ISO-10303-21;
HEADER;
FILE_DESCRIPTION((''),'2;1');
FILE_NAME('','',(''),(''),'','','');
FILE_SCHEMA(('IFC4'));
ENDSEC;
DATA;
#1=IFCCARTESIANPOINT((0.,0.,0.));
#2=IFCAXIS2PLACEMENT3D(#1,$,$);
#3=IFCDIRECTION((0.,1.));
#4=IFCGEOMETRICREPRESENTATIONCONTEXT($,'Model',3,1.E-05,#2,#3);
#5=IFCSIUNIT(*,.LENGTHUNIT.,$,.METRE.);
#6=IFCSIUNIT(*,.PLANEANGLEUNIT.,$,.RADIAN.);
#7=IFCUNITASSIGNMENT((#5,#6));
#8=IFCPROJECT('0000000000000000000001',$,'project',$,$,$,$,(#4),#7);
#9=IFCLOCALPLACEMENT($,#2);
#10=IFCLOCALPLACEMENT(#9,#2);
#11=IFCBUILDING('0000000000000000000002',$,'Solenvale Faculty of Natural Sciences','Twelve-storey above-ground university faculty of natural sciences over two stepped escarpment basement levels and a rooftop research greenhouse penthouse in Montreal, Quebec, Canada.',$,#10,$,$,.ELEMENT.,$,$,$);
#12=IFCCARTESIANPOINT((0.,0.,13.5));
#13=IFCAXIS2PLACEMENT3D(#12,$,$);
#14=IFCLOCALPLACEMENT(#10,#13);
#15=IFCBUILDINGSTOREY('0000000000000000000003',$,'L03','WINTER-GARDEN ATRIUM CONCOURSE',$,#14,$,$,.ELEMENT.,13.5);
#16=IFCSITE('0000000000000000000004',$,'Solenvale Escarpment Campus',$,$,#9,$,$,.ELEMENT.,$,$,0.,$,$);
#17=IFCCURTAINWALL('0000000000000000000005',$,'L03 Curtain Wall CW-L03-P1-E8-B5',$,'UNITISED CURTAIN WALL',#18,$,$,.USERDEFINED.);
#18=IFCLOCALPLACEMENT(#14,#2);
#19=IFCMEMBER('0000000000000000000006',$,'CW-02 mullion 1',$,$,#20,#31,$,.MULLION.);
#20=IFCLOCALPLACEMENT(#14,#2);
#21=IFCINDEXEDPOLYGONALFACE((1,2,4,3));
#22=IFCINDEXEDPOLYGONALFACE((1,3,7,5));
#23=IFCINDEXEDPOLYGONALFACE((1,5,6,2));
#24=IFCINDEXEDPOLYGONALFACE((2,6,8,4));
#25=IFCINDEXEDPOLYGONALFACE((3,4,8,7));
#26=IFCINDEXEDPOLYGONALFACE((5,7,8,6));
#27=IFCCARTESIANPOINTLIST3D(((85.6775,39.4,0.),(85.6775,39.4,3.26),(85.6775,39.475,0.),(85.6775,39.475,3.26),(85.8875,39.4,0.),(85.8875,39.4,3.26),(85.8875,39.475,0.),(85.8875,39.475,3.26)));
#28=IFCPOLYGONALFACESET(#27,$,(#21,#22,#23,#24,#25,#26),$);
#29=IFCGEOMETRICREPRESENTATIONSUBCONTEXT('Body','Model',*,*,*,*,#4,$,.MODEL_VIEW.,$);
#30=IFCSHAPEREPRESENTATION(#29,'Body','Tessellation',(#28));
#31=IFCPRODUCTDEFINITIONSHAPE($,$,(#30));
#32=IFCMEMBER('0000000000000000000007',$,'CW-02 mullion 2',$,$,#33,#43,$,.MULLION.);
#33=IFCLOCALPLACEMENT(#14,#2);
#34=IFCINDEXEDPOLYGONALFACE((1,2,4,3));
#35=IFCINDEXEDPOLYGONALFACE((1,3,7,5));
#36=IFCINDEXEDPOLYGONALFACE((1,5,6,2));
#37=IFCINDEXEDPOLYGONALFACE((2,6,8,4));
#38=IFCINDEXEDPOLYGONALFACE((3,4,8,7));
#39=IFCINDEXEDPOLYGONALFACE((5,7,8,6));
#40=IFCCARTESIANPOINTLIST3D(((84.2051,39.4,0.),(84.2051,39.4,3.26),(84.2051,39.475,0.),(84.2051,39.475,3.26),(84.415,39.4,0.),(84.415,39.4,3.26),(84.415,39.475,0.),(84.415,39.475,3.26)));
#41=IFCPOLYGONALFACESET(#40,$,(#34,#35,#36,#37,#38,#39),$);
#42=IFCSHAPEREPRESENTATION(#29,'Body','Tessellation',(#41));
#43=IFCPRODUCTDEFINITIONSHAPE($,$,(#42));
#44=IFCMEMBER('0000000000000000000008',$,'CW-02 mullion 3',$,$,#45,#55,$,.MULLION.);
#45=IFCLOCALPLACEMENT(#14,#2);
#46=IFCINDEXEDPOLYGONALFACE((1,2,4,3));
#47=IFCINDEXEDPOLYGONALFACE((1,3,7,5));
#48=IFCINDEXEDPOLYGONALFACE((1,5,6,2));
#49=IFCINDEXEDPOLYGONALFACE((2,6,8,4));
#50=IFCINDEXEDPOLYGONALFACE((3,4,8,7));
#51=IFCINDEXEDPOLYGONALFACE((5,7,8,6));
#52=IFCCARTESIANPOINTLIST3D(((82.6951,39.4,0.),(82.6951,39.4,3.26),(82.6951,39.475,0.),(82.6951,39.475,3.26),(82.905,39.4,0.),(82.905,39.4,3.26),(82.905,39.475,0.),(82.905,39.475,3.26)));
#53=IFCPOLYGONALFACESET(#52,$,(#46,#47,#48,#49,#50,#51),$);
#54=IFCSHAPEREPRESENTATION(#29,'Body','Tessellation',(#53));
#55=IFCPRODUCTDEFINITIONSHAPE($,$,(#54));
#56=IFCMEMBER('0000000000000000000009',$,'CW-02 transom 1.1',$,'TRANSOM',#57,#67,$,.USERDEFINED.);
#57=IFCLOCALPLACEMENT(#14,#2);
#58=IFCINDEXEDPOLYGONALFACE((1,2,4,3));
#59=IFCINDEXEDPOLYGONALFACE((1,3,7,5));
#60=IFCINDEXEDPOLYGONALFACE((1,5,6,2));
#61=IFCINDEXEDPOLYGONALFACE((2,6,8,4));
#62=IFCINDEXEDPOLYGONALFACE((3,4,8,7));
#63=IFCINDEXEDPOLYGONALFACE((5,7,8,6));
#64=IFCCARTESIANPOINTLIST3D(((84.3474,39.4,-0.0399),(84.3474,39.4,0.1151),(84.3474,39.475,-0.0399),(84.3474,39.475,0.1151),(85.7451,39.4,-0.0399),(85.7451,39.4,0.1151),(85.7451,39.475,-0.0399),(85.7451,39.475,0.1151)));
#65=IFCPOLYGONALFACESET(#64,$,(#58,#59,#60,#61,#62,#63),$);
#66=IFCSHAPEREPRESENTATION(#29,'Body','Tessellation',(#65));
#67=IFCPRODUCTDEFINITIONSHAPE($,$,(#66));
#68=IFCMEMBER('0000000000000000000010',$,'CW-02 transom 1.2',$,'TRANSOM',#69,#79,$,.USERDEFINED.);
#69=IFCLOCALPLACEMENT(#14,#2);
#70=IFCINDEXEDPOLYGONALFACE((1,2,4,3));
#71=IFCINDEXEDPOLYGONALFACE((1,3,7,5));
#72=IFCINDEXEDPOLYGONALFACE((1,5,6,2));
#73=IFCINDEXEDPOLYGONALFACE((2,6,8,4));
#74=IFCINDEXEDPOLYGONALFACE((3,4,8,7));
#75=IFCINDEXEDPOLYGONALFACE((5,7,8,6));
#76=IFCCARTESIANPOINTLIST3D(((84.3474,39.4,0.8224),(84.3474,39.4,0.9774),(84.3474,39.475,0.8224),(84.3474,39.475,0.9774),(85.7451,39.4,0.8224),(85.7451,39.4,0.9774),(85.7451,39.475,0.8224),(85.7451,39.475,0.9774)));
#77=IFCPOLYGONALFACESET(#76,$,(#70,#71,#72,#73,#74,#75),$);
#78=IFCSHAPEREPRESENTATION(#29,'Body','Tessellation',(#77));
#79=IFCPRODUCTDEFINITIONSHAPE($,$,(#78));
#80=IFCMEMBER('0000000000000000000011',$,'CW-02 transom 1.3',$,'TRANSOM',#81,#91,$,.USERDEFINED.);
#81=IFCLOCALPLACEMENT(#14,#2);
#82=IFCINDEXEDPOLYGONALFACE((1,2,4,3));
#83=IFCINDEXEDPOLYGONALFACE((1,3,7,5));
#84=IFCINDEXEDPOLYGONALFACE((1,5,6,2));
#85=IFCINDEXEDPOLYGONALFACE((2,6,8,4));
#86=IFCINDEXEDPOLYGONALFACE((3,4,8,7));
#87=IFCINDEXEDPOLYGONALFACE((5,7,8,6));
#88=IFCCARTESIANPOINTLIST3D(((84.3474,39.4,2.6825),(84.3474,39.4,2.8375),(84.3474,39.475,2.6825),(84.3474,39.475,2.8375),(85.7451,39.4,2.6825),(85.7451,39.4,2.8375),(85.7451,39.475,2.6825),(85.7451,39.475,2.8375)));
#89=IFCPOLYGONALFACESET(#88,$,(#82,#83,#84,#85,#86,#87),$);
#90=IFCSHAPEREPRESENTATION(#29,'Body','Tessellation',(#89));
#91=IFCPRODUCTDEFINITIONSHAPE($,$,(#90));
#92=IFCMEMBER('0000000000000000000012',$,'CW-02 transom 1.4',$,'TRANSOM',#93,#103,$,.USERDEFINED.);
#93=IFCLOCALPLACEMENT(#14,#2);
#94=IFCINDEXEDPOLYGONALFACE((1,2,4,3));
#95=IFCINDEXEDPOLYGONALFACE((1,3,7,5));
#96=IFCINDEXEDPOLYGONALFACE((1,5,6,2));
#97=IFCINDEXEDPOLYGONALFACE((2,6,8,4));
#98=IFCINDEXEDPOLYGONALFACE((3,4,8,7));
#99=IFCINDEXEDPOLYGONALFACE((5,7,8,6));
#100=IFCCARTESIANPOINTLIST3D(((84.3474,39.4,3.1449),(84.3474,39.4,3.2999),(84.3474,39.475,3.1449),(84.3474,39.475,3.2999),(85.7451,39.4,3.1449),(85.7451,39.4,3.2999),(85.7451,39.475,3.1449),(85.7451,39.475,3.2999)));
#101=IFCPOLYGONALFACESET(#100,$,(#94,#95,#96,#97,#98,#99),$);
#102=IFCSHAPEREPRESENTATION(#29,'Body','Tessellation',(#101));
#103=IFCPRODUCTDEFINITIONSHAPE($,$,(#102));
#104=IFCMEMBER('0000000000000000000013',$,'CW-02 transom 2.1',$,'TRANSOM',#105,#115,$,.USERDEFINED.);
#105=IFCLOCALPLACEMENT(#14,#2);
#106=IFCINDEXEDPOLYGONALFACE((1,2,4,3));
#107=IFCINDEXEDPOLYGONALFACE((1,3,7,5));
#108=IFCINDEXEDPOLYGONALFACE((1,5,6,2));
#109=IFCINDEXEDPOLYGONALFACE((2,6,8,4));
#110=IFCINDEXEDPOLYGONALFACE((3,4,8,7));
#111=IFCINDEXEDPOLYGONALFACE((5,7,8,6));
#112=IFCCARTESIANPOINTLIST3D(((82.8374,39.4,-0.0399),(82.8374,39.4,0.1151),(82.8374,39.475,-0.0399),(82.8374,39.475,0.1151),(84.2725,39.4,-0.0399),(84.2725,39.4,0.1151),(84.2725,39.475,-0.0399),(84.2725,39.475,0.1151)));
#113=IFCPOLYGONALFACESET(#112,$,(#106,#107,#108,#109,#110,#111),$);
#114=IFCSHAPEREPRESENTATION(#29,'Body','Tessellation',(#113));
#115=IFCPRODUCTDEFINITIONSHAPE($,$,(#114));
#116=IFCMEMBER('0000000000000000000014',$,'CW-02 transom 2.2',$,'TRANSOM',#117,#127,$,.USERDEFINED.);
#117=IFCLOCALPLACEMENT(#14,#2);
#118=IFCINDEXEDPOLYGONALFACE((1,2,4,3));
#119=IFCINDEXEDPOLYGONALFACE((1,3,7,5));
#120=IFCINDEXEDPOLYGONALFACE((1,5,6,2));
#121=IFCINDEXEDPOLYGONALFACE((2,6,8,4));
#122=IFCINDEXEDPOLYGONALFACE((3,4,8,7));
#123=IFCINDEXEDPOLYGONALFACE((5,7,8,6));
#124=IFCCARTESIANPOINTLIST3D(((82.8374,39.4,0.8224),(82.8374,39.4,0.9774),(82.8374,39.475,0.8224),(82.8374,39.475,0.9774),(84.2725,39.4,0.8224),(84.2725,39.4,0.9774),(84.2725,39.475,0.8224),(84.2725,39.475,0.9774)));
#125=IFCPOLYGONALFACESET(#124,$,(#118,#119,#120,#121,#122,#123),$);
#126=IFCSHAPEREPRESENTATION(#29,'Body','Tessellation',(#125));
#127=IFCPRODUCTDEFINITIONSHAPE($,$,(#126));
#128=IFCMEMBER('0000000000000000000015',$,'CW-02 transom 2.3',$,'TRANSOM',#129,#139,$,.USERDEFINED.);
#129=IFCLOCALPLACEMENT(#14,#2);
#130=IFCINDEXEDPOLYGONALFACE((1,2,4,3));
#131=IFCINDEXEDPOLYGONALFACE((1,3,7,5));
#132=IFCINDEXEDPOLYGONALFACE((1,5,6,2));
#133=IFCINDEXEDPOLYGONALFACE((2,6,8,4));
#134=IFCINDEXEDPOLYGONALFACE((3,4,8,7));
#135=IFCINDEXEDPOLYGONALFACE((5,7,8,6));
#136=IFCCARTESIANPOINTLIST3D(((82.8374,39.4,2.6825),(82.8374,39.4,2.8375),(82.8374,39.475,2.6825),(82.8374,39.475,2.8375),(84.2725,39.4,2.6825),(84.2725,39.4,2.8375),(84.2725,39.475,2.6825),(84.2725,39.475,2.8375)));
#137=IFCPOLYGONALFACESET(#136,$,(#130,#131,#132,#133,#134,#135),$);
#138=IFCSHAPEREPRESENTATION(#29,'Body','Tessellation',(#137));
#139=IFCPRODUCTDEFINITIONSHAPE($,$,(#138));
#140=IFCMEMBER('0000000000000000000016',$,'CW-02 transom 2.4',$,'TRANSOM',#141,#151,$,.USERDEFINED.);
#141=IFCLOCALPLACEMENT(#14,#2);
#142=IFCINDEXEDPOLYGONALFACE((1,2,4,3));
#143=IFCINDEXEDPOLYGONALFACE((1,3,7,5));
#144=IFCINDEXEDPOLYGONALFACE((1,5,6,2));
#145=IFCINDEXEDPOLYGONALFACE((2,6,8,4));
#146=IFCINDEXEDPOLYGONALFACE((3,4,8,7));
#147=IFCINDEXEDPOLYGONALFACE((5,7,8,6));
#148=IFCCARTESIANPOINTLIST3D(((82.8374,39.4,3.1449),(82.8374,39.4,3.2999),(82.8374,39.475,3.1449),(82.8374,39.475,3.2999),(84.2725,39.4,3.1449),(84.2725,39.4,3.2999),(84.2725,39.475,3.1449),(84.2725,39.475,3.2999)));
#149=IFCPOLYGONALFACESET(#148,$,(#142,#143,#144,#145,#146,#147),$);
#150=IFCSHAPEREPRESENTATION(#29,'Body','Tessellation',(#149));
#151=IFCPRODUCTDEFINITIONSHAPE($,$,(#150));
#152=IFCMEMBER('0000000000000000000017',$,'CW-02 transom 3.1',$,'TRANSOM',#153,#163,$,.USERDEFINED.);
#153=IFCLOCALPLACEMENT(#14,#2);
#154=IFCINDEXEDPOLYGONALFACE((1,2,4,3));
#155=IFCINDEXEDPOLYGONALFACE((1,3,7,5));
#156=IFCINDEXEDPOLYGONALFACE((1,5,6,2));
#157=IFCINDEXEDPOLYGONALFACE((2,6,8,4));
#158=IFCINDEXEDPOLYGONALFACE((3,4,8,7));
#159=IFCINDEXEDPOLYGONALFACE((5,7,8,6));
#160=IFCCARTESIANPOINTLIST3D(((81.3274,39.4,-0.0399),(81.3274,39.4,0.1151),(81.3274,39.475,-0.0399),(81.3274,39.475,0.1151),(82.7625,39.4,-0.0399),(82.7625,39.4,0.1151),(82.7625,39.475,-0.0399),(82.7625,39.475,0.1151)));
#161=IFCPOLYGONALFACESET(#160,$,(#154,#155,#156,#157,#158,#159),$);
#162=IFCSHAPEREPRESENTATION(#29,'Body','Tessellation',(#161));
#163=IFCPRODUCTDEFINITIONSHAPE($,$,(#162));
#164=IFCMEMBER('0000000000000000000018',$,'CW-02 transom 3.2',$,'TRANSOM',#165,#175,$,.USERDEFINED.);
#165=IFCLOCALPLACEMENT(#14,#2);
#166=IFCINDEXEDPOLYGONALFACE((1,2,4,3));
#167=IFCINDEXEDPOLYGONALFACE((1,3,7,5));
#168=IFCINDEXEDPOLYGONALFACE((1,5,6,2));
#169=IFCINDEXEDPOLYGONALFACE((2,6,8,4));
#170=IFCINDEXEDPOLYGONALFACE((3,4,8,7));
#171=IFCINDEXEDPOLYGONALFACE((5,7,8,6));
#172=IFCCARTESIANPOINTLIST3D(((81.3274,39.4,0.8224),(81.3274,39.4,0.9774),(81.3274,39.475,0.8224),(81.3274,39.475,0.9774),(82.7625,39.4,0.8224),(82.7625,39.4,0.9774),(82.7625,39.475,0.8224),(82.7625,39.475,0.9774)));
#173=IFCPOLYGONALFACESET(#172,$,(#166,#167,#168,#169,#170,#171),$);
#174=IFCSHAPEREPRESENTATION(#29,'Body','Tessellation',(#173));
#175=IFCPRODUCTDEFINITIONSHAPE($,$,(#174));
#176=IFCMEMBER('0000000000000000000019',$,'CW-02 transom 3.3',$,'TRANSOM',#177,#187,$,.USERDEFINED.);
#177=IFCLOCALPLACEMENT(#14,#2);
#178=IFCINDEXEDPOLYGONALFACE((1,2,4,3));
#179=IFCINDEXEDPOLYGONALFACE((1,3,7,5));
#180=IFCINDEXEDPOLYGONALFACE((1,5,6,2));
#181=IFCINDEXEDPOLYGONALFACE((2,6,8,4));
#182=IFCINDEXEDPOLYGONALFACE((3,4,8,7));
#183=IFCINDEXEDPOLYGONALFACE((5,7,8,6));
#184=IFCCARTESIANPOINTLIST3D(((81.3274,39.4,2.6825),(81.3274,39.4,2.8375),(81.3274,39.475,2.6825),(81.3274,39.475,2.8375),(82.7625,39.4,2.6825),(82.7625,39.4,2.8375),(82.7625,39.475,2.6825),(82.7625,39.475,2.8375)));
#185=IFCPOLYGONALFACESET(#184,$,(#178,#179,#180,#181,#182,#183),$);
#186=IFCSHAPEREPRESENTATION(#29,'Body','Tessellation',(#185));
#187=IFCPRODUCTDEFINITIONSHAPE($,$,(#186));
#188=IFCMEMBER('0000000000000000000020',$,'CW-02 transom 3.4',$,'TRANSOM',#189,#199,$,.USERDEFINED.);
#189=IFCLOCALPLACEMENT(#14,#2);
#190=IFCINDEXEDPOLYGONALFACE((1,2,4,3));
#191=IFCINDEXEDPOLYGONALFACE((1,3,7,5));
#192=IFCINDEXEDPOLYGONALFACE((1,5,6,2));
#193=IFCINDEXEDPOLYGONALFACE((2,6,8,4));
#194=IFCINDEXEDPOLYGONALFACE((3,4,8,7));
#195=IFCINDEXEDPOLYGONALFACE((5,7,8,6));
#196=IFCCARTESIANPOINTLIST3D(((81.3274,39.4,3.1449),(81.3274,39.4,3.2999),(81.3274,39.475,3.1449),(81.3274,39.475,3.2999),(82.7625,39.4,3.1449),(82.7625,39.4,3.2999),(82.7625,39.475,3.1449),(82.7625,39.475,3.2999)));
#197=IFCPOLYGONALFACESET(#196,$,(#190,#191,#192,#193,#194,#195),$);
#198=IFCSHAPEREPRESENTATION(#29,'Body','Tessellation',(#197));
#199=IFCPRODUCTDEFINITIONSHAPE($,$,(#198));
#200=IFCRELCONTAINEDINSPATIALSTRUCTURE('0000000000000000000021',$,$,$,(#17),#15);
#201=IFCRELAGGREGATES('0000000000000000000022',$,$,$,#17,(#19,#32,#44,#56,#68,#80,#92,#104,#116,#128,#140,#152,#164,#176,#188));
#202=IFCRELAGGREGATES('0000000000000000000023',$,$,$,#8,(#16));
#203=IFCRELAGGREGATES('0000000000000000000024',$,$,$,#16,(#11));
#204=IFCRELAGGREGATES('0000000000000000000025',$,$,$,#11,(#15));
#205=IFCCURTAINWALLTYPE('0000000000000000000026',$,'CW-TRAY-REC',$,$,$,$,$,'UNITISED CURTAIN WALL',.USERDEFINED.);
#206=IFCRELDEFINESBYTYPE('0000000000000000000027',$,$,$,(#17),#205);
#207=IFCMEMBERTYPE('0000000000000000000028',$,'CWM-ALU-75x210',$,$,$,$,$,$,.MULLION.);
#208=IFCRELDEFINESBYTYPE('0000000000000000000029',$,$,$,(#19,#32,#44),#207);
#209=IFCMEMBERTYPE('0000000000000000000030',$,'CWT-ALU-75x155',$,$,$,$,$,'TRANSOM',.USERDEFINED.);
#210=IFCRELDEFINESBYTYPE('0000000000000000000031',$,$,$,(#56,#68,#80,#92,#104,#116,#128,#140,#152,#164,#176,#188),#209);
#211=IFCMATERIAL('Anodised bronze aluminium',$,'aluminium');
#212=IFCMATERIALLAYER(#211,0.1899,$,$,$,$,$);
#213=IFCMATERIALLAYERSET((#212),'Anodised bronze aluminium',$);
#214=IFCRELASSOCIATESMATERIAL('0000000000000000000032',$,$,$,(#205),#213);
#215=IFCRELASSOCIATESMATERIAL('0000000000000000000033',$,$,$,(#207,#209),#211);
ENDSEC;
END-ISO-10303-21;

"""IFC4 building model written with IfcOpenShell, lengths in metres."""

from ifc_helpers import new_model, si_unit, direction, frame, origin, origin_2d, place, context, subcontext, project, spatial, rectangle, extrude, material, layer, layer_set, material_profile, profile_set, type_object, element, aggregate, save


model = new_model("IFC4")

# Units and contexts
model_context = context("Model", 3, precision=1e-05, world=origin(), true_north=direction((0.0, 1.0)))
body_context = subcontext(model_context, "Body", "Model", "MODEL_VIEW")
ifc_project = project(units=[si_unit("LENGTHUNIT", "METRE"), si_unit("PLANEANGLEUNIT", "RADIAN")], contexts=[model_context])

# Site, building, storey
site_placement = place(None, origin())
site = spatial("IfcSite", under=ifc_project, at=site_placement, Name="Solenvale Escarpment Campus", CompositionType="ELEMENT", RefElevation=0.0)
building_placement = place(site_placement, origin())
building = spatial("IfcBuilding", under=site, at=building_placement, Name="Solenvale Faculty of Natural Sciences", Description="Twelve-storey above-ground university faculty of natural sciences over two stepped escarpment basement levels and a rooftop research greenhouse penthouse in Montreal, Quebec, Canada.", CompositionType="ELEMENT")
storey_placement = place(building_placement, frame((0.0, 0.0, 13.5)))
storey = spatial("IfcBuildingStorey", under=building, at=storey_placement, Name="L03", Description="WINTER-GARDEN ATRIUM CONCOURSE", CompositionType="ELEMENT", Elevation=13.5)

# Curtain wall, members
ifc_material_1 = material(Name="Anodised bronze aluminium", Category="aluminium")
ifc_layer_1 = layer(ifc_material_1, 0.1899)
ifc_layer_set_1 = layer_set([ifc_layer_1], Name="Anodised bronze aluminium")
curtain_wall_type = type_object("IfcCurtainWallType", Name="CW-TRAY-REC", ElementType="UNITISED CURTAIN WALL", PredefinedType="USERDEFINED", material=ifc_layer_set_1)
curtain_wall_placement = place(storey_placement, origin())
curtain_wall = element("IfcCurtainWall", 1, at=curtain_wall_placement, inside=storey, type_object=curtain_wall_type, Name="L03 Curtain Wall CW-L03-P1-E8-B5", ObjectType="UNITISED CURTAIN WALL", PredefinedType="USERDEFINED")
ifc_material_profile_1 = material_profile(ifc_material_1, rectangle(XDim=0.075, YDim=0.21, at=origin_2d()), Name="ALU-MUL-75x210")
ifc_profile_set_1 = profile_set([ifc_material_profile_1], Name="Anodised bronze aluminium")
member_type_1 = type_object("IfcMemberType", Name="CWM-ALU-75x210", PredefinedType="MULLION", material=ifc_profile_set_1)
member_1_placement = place(storey_placement, frame((85.7825, 39.4375, 0.0), z_axis=(0.0, 0.0, 1.0), x_axis=(0.0, -1.0, 0.0)))
member_1 = element("IfcMember", 2, at=member_1_placement, type_object=member_type_1, Name="CW-02 mullion 1", PredefinedType="MULLION", context=body_context, shape_type="SweptSolid", body=[
    extrude(rectangle(XDim=0.075, YDim=0.21, at=origin_2d()), origin(), (0.0, 0.0, 1.0), 3.26),
])
member_2_placement = place(storey_placement, frame((84.3101, 39.4375, 0.0), z_axis=(0.0, 0.0, 1.0), x_axis=(0.0, -1.0, 0.0)))
member_2 = element("IfcMember", 3, at=member_2_placement, type_object=member_type_1, Name="CW-02 mullion 2", PredefinedType="MULLION", context=body_context, shape_type="SweptSolid", body=[
    extrude(rectangle(XDim=0.075, YDim=0.21, at=origin_2d()), origin(), (0.0, 0.0, 1.0), 3.26),
])
member_3_placement = place(storey_placement, frame((82.8, 39.4375, 0.0), z_axis=(0.0, 0.0, 1.0), x_axis=(0.0, -1.0, 0.0)))
member_3 = element("IfcMember", 4, at=member_3_placement, type_object=member_type_1, Name="CW-02 mullion 3", PredefinedType="MULLION", context=body_context, shape_type="SweptSolid", body=[
    extrude(rectangle(XDim=0.075, YDim=0.21, at=origin_2d()), origin(), (0.0, 0.0, 1.0), 3.26),
])
ifc_material_profile_2 = material_profile(ifc_material_1, rectangle(XDim=0.075, YDim=0.155, at=origin_2d()), Name="ALU-TRN-75x155")
ifc_profile_set_2 = profile_set([ifc_material_profile_2], Name="Anodised bronze aluminium")
member_type_2 = type_object("IfcMemberType", Name="CWT-ALU-75x155", ElementType="TRANSOM", PredefinedType="USERDEFINED", material=ifc_profile_set_2)
member_4_placement = place(storey_placement, frame((85.7451, 39.4375, 0.0376), z_axis=(-1.0, 0.0, 0.0), x_axis=(0.0, -1.0, 0.0)))
member_4 = element("IfcMember", 5, at=member_4_placement, type_object=member_type_2, Name="CW-02 transom 1.1", ObjectType="TRANSOM", PredefinedType="USERDEFINED", context=body_context, shape_type="SweptSolid", body=[
    extrude(rectangle(XDim=0.075, YDim=0.155, at=origin_2d()), origin(), (0.0, 0.0, 1.0), 1.3977),
])
member_5_placement = place(storey_placement, frame((85.7451, 39.4375, 0.8999), z_axis=(-1.0, 0.0, 0.0), x_axis=(0.0, -1.0, 0.0)))
member_5 = element("IfcMember", 6, at=member_5_placement, type_object=member_type_2, Name="CW-02 transom 1.2", ObjectType="TRANSOM", PredefinedType="USERDEFINED", context=body_context, shape_type="SweptSolid", body=[
    extrude(rectangle(XDim=0.075, YDim=0.155, at=origin_2d()), origin(), (0.0, 0.0, 1.0), 1.3977),
])
member_6_placement = place(storey_placement, frame((85.7451, 39.4375, 2.76), z_axis=(-1.0, 0.0, 0.0), x_axis=(0.0, -1.0, 0.0)))
member_6 = element("IfcMember", 7, at=member_6_placement, type_object=member_type_2, Name="CW-02 transom 1.3", ObjectType="TRANSOM", PredefinedType="USERDEFINED", context=body_context, shape_type="SweptSolid", body=[
    extrude(rectangle(XDim=0.075, YDim=0.155, at=origin_2d()), origin(), (0.0, 0.0, 1.0), 1.3977),
])
member_7_placement = place(storey_placement, frame((85.7451, 39.4375, 3.2224), z_axis=(-1.0, 0.0, 0.0), x_axis=(0.0, -1.0, 0.0)))
member_7 = element("IfcMember", 8, at=member_7_placement, type_object=member_type_2, Name="CW-02 transom 1.4", ObjectType="TRANSOM", PredefinedType="USERDEFINED", context=body_context, shape_type="SweptSolid", body=[
    extrude(rectangle(XDim=0.075, YDim=0.155, at=origin_2d()), origin(), (0.0, 0.0, 1.0), 1.3977),
])
member_8_placement = place(storey_placement, frame((84.2725, 39.4375, 0.0376), z_axis=(-1.0, 0.0, 0.0), x_axis=(0.0, -1.0, 0.0)))
member_8 = element("IfcMember", 9, at=member_8_placement, type_object=member_type_2, Name="CW-02 transom 2.1", ObjectType="TRANSOM", PredefinedType="USERDEFINED", context=body_context, shape_type="SweptSolid", body=[
    extrude(rectangle(XDim=0.075, YDim=0.155, at=origin_2d()), origin(), (0.0, 0.0, 1.0), 1.4351),
])
member_9_placement = place(storey_placement, frame((84.2725, 39.4375, 0.8999), z_axis=(-1.0, 0.0, 0.0), x_axis=(0.0, -1.0, 0.0)))
member_9 = element("IfcMember", 10, at=member_9_placement, type_object=member_type_2, Name="CW-02 transom 2.2", ObjectType="TRANSOM", PredefinedType="USERDEFINED", context=body_context, shape_type="SweptSolid", body=[
    extrude(rectangle(XDim=0.075, YDim=0.155, at=origin_2d()), origin(), (0.0, 0.0, 1.0), 1.4351),
])
member_10_placement = place(storey_placement, frame((84.2725, 39.4375, 2.76), z_axis=(-1.0, 0.0, 0.0), x_axis=(0.0, -1.0, 0.0)))
member_10 = element("IfcMember", 11, at=member_10_placement, type_object=member_type_2, Name="CW-02 transom 2.3", ObjectType="TRANSOM", PredefinedType="USERDEFINED", context=body_context, shape_type="SweptSolid", body=[
    extrude(rectangle(XDim=0.075, YDim=0.155, at=origin_2d()), origin(), (0.0, 0.0, 1.0), 1.4351),
])
member_11_placement = place(storey_placement, frame((84.2725, 39.4375, 3.2224), z_axis=(-1.0, 0.0, 0.0), x_axis=(0.0, -1.0, 0.0)))
member_11 = element("IfcMember", 12, at=member_11_placement, type_object=member_type_2, Name="CW-02 transom 2.4", ObjectType="TRANSOM", PredefinedType="USERDEFINED", context=body_context, shape_type="SweptSolid", body=[
    extrude(rectangle(XDim=0.075, YDim=0.155, at=origin_2d()), origin(), (0.0, 0.0, 1.0), 1.4351),
])
member_12_placement = place(storey_placement, frame((82.7625, 39.4375, 0.0376), z_axis=(-1.0, 0.0, 0.0), x_axis=(0.0, -1.0, 0.0)))
member_12 = element("IfcMember", 13, at=member_12_placement, type_object=member_type_2, Name="CW-02 transom 3.1", ObjectType="TRANSOM", PredefinedType="USERDEFINED", context=body_context, shape_type="SweptSolid", body=[
    extrude(rectangle(XDim=0.075, YDim=0.155, at=origin_2d()), origin(), (0.0, 0.0, 1.0), 1.4351),
])
member_13_placement = place(storey_placement, frame((82.7625, 39.4375, 0.8999), z_axis=(-1.0, 0.0, 0.0), x_axis=(0.0, -1.0, 0.0)))
member_13 = element("IfcMember", 14, at=member_13_placement, type_object=member_type_2, Name="CW-02 transom 3.2", ObjectType="TRANSOM", PredefinedType="USERDEFINED", context=body_context, shape_type="SweptSolid", body=[
    extrude(rectangle(XDim=0.075, YDim=0.155, at=origin_2d()), origin(), (0.0, 0.0, 1.0), 1.4351),
])
member_14_placement = place(storey_placement, frame((82.7625, 39.4375, 2.76), z_axis=(-1.0, 0.0, 0.0), x_axis=(0.0, -1.0, 0.0)))
member_14 = element("IfcMember", 15, at=member_14_placement, type_object=member_type_2, Name="CW-02 transom 3.3", ObjectType="TRANSOM", PredefinedType="USERDEFINED", context=body_context, shape_type="SweptSolid", body=[
    extrude(rectangle(XDim=0.075, YDim=0.155, at=origin_2d()), origin(), (0.0, 0.0, 1.0), 1.4351),
])
member_15_placement = place(storey_placement, frame((82.7625, 39.4375, 3.2224), z_axis=(-1.0, 0.0, 0.0), x_axis=(0.0, -1.0, 0.0)))
member_15 = element("IfcMember", 16, at=member_15_placement, type_object=member_type_2, Name="CW-02 transom 3.4", ObjectType="TRANSOM", PredefinedType="USERDEFINED", context=body_context, shape_type="SweptSolid", body=[
    extrude(rectangle(XDim=0.075, YDim=0.155, at=origin_2d()), origin(), (0.0, 0.0, 1.0), 1.4351),
])
aggregate(curtain_wall, [member_1, member_2, member_3, member_4, member_5, member_6, member_7, member_8, member_9, member_10, member_11, member_12, member_13, member_14, member_15])

save(model, "model.ifc")
